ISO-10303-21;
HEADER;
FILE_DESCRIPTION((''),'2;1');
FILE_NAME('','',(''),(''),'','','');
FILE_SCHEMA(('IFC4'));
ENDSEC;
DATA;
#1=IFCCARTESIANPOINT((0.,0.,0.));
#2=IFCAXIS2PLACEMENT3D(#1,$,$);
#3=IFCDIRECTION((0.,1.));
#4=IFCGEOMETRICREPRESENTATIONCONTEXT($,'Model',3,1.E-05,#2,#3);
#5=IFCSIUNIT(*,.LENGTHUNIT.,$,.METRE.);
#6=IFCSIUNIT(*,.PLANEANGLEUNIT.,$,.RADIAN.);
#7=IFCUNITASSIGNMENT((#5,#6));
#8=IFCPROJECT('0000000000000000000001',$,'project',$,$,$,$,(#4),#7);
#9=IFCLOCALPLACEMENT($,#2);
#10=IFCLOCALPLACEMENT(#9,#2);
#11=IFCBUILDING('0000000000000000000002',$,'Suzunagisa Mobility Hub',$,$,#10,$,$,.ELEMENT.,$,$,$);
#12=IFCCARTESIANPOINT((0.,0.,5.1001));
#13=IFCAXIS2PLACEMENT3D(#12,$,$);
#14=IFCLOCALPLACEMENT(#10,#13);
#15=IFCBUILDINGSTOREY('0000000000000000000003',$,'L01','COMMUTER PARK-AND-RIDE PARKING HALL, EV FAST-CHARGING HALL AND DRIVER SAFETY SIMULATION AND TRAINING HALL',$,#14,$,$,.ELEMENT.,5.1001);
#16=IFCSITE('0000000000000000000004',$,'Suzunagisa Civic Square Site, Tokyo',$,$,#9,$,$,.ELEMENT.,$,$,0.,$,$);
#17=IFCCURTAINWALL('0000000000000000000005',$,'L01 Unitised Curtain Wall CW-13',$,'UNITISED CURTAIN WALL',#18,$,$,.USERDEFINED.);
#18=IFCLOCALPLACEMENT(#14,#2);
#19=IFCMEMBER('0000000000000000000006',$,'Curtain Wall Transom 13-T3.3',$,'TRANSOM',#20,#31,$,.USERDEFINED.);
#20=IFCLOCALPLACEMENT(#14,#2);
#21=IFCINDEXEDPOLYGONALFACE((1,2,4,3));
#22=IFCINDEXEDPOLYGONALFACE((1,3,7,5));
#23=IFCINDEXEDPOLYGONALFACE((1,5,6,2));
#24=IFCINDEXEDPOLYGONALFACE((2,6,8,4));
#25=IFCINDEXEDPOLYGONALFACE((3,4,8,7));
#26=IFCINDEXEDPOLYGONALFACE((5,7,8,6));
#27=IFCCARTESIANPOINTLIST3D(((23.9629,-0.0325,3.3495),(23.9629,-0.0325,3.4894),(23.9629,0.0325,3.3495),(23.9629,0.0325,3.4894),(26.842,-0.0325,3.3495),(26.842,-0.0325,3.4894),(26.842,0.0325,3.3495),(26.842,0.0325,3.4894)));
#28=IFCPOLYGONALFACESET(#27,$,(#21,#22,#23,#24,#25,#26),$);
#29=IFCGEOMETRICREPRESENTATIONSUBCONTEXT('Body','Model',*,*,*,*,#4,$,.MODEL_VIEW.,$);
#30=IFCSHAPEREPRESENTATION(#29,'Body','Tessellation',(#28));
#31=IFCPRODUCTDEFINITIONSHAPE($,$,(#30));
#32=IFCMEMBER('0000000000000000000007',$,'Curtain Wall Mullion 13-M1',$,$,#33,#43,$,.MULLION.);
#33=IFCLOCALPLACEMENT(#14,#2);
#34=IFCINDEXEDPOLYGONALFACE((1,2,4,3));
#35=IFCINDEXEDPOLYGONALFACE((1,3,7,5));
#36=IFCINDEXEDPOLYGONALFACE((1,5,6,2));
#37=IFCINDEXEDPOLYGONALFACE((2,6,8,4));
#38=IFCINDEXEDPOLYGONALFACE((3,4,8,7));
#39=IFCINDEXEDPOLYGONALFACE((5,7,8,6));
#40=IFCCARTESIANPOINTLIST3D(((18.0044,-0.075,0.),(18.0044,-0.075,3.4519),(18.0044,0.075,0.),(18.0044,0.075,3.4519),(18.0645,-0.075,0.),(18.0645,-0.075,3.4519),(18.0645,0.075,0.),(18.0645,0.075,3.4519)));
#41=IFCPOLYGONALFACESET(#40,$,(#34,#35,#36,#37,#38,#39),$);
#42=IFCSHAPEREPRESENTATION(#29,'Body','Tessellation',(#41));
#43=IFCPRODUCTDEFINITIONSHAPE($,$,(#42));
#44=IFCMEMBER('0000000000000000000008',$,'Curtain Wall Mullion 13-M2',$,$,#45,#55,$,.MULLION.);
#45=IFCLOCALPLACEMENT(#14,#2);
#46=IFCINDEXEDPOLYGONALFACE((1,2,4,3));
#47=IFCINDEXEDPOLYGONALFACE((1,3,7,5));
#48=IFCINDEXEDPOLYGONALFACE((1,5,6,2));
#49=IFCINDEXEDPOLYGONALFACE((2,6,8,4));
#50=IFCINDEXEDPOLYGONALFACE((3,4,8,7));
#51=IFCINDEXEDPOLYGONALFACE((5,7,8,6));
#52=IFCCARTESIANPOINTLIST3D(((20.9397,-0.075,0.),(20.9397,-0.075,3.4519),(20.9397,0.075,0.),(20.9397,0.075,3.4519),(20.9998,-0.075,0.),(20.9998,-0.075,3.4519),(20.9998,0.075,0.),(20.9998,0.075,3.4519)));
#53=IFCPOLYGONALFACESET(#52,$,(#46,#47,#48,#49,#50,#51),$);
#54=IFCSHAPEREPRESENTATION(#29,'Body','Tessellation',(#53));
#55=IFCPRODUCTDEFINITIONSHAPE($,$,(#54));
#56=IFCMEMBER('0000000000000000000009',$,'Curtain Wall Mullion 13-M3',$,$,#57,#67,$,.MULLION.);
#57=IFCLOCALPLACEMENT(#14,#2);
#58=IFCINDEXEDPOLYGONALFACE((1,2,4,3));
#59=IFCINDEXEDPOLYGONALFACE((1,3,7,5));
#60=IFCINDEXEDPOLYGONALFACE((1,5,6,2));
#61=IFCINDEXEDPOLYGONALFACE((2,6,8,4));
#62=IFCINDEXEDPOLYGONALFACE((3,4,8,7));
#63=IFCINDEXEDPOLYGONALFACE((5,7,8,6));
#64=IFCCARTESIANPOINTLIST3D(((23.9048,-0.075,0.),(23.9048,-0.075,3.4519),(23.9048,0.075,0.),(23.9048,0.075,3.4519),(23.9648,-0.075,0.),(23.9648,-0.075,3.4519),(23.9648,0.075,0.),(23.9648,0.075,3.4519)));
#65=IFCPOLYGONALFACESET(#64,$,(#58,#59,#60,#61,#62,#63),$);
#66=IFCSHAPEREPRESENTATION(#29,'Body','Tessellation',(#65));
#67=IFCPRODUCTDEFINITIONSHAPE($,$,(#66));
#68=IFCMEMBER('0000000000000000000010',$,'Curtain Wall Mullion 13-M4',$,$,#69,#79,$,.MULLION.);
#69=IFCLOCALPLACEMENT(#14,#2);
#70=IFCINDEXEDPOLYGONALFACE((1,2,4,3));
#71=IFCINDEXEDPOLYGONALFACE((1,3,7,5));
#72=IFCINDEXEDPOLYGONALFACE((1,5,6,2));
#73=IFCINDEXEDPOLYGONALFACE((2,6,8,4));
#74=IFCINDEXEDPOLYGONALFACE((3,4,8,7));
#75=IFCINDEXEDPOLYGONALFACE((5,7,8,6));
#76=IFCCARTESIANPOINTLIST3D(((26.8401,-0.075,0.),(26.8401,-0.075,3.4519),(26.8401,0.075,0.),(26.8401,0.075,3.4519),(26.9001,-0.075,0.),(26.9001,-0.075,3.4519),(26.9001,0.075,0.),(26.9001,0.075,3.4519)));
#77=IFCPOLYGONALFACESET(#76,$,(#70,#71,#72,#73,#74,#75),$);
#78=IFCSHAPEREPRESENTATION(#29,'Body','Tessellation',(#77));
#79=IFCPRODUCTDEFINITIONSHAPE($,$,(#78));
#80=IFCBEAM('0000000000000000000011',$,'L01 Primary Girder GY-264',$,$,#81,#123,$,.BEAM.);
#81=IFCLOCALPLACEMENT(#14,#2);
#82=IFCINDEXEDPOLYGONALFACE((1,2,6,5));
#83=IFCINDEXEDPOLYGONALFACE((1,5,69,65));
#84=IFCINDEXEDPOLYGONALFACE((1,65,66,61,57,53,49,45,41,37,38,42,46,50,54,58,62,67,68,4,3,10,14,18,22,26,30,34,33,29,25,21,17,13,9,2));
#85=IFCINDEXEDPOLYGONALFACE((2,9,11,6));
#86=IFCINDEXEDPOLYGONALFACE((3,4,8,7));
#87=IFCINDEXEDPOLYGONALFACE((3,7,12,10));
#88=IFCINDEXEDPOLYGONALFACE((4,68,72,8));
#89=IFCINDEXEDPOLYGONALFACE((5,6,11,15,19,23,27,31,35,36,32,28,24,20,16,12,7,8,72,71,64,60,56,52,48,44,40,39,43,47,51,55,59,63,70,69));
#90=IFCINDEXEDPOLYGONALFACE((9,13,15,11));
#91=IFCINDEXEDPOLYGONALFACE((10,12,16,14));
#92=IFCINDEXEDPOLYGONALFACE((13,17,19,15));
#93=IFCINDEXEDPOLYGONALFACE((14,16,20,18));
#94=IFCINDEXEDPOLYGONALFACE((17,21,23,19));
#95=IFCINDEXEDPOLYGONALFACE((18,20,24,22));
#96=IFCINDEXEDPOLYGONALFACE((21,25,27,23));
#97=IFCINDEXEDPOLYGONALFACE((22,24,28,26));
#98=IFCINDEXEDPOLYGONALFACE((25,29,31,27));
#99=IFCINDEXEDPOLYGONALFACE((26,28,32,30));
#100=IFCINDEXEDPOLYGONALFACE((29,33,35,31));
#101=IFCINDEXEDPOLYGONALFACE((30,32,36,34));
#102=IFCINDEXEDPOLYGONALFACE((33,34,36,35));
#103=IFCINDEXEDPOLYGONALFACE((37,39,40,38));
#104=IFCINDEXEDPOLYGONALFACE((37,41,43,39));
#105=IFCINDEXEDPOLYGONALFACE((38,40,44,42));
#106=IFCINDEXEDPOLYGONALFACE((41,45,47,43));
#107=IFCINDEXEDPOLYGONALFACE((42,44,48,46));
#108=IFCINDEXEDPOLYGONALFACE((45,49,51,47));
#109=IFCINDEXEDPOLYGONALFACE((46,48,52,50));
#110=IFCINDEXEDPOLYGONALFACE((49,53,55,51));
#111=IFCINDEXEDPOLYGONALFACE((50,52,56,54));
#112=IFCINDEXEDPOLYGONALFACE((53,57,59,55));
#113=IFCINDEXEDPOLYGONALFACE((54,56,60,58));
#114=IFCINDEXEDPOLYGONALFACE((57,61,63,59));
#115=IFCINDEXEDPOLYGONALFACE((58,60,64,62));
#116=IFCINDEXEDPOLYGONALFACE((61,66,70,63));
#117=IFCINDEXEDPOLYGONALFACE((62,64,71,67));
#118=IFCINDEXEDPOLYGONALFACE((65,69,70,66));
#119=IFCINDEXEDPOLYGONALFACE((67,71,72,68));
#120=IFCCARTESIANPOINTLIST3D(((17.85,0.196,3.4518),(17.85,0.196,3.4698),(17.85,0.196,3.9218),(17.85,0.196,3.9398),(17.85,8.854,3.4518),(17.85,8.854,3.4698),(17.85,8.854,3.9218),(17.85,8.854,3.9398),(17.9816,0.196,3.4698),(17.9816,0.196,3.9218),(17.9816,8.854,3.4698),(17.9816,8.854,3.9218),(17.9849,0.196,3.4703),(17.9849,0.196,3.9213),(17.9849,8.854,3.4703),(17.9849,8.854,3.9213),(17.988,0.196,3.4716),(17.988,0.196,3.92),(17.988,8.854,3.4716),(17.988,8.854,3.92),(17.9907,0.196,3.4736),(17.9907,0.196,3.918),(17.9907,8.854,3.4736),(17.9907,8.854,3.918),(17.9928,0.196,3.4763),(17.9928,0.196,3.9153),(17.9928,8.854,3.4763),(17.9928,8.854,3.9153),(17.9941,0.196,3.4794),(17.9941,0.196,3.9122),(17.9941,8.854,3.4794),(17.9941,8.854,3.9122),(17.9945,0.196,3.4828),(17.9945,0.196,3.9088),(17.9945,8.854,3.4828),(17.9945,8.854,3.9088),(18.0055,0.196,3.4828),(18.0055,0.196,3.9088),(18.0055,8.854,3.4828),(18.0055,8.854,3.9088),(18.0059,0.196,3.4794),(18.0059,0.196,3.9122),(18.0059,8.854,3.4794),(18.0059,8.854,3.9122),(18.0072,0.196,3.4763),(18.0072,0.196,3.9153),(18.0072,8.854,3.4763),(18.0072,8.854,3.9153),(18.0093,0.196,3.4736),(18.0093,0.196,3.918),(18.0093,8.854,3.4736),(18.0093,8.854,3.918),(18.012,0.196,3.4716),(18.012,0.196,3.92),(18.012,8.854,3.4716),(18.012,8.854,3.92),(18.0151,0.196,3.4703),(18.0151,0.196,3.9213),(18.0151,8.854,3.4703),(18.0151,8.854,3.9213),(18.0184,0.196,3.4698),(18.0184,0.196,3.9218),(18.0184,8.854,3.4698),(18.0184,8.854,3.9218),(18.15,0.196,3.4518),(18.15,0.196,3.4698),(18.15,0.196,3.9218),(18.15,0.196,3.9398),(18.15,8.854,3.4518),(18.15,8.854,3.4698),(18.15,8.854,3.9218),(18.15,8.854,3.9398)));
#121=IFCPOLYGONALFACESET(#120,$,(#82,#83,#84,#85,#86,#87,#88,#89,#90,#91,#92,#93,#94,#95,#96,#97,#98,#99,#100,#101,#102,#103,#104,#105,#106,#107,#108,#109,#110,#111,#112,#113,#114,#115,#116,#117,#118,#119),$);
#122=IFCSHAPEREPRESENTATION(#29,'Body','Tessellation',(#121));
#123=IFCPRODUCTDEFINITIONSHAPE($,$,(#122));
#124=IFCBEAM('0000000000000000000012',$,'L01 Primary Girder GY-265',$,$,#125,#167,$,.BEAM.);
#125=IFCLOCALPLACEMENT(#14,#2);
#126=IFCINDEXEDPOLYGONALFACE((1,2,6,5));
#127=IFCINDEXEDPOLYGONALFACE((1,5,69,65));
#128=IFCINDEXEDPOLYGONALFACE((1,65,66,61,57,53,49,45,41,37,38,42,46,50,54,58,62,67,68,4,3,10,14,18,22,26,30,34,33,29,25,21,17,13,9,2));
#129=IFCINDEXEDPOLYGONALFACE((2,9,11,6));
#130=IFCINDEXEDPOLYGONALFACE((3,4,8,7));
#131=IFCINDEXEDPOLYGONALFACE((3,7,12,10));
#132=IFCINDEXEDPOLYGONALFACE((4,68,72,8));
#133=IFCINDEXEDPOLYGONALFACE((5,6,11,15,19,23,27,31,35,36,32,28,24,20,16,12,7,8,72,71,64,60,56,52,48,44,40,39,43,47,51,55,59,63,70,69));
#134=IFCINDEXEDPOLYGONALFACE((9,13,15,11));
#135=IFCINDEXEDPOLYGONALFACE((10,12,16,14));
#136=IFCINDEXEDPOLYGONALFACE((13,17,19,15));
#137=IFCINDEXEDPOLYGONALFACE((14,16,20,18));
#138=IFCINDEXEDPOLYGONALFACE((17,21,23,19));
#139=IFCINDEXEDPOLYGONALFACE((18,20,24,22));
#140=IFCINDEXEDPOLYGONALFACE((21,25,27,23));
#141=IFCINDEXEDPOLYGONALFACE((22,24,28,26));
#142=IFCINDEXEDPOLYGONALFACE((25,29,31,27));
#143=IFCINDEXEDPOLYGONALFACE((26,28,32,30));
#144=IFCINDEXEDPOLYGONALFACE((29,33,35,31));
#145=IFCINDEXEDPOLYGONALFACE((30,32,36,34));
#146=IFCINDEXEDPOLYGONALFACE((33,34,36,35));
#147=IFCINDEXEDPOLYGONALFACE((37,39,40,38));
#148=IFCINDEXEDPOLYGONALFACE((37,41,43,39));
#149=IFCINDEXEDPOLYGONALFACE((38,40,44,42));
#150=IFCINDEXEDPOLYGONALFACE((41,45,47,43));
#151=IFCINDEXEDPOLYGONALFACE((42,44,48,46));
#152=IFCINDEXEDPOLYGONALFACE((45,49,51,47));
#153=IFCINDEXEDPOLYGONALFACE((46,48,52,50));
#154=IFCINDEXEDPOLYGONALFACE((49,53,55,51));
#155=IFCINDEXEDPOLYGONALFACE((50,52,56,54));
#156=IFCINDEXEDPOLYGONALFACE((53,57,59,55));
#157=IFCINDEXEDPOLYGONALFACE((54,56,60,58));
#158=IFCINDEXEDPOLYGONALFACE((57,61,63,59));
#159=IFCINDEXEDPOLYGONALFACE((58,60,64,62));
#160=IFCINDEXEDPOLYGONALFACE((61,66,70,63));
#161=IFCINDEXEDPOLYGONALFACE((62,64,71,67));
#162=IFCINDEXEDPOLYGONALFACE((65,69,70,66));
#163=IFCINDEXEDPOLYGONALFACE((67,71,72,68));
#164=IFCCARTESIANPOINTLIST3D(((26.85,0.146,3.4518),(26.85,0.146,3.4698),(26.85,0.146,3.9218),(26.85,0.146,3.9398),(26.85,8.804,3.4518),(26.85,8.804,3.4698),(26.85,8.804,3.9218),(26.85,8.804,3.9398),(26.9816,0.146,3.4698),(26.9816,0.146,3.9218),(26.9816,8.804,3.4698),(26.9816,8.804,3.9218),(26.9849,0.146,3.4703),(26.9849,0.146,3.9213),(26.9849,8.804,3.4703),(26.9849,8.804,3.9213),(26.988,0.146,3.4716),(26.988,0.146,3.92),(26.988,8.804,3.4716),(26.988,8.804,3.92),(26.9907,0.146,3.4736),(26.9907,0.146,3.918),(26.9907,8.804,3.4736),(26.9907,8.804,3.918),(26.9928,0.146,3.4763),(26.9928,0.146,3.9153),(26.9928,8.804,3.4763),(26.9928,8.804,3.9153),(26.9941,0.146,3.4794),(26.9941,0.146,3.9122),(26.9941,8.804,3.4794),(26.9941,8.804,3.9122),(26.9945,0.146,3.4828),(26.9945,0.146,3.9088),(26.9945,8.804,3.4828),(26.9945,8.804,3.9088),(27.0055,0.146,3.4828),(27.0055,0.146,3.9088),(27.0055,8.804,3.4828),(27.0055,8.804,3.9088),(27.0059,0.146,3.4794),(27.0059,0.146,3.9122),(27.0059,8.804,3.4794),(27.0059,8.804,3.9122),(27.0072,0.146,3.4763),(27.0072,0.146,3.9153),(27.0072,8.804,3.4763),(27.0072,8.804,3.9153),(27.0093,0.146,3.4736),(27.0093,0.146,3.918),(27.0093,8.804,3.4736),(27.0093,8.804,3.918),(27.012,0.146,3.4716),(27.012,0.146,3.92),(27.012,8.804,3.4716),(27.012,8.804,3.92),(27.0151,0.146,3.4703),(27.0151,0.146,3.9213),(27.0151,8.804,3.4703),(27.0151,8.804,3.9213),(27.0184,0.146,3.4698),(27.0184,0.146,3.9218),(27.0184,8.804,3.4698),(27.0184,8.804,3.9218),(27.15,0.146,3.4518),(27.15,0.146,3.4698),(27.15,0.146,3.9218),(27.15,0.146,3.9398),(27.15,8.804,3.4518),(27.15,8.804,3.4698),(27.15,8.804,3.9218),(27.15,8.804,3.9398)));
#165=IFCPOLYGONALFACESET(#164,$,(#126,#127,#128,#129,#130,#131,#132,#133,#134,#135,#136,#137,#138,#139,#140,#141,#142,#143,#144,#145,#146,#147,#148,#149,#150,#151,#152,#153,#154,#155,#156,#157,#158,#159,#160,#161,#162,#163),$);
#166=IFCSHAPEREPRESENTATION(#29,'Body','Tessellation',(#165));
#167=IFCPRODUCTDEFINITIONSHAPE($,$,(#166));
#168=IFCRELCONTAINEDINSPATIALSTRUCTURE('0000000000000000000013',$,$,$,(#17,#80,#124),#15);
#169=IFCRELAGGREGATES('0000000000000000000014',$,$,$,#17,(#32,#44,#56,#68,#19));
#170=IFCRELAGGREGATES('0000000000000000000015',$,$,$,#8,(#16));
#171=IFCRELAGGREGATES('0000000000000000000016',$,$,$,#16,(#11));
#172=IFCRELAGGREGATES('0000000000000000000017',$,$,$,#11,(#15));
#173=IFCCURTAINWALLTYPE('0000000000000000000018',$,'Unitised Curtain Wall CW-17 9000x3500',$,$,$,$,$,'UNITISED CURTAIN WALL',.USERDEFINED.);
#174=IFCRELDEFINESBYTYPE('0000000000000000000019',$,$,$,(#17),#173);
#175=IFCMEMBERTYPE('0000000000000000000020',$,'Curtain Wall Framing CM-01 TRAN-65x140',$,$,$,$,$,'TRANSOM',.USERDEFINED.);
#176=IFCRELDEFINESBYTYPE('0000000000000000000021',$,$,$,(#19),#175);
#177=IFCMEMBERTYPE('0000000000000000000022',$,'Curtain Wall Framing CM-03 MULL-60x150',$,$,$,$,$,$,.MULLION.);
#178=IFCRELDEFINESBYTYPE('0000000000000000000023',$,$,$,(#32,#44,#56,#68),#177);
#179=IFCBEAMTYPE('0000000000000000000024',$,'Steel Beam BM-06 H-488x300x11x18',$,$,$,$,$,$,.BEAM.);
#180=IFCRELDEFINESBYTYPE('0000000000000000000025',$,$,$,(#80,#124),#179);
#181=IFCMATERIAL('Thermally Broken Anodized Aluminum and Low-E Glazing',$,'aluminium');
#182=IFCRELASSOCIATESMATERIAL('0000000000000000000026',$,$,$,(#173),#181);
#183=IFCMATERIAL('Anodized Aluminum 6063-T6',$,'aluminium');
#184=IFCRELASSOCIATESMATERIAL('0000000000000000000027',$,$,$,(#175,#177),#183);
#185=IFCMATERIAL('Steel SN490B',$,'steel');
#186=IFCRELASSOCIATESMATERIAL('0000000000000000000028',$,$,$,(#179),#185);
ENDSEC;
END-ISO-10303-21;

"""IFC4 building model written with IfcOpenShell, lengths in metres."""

from ifc_helpers import new_model, si_unit, direction, frame, origin, origin_2d, place, context, subcontext, project, spatial, rectangle, i_section, extrude, material, material_profile, profile_set, type_object, element, aggregate, save


model = new_model("IFC4")

# Units and contexts
model_context = context("Model", 3, precision=1e-05, world=origin(), true_north=direction((0.0, 1.0)))
body_context = subcontext(model_context, "Body", "Model", "MODEL_VIEW")
ifc_project = project(units=[si_unit("LENGTHUNIT", "METRE"), si_unit("PLANEANGLEUNIT", "RADIAN")], contexts=[model_context])

# Site, building, storey
site_placement = place(None, origin())
site = spatial("IfcSite", under=ifc_project, at=site_placement, Name="Suzunagisa Civic Square Site, Tokyo", CompositionType="ELEMENT", RefElevation=0.0)
building_placement = place(site_placement, origin())
building = spatial("IfcBuilding", under=site, at=building_placement, Name="Suzunagisa Mobility Hub", CompositionType="ELEMENT")
storey_placement = place(building_placement, frame((0.0, 0.0, 5.1001)))
storey = spatial("IfcBuildingStorey", under=building, at=storey_placement, Name="L01", Description="COMMUTER PARK-AND-RIDE PARKING HALL, EV FAST-CHARGING HALL AND DRIVER SAFETY SIMULATION AND TRAINING HALL", CompositionType="ELEMENT", Elevation=5.1001)

# Shared definitions
ifc_material_1 = material(Name="Steel SN490B", Category="steel")

# Curtain wall, members
ifc_material_2 = material(Name="Thermally Broken Anodized Aluminum and Low-E Glazing", Category="aluminium")
curtain_wall_type = type_object("IfcCurtainWallType", Name="Unitised Curtain Wall CW-17 9000x3500", ElementType="UNITISED CURTAIN WALL", PredefinedType="USERDEFINED", material=ifc_material_2)
curtain_wall_placement = place(storey_placement, origin())
curtain_wall = element("IfcCurtainWall", 1, at=curtain_wall_placement, inside=storey, type_object=curtain_wall_type, Name="L01 Unitised Curtain Wall CW-13", ObjectType="UNITISED CURTAIN WALL", PredefinedType="USERDEFINED")
ifc_material_3 = material(Name="Anodized Aluminum 6063-T6", Category="aluminium")
ifc_material_profile_1 = material_profile(ifc_material_3, rectangle(XDim=0.0649, YDim=0.1399, at=origin_2d()), Name="TRAN-65x140")
ifc_profile_set_1 = profile_set([ifc_material_profile_1], Name="Anodized Aluminum 6063-T6")
member_type_1 = type_object("IfcMemberType", Name="Curtain Wall Framing CM-01 TRAN-65x140", ElementType="TRANSOM", PredefinedType="USERDEFINED", material=ifc_profile_set_1)
member_1_placement = place(storey_placement, frame((23.9629, 0.0, 3.4194), z_axis=(1.0, 0.0, 0.0), x_axis=(0.0, 1.0, 0.0)))
member_1 = element("IfcMember", 2, at=member_1_placement, type_object=member_type_1, Name="Curtain Wall Transom 13-T3.3", ObjectType="TRANSOM", PredefinedType="USERDEFINED", context=body_context, shape_type="SweptSolid", body=[
    extrude(rectangle(XDim=0.0649, YDim=0.1399, at=origin_2d()), origin(), (0.0, 0.0, 1.0), 2.8792),
])
ifc_material_profile_2 = material_profile(ifc_material_3, rectangle(XDim=0.0601, YDim=0.1499, at=origin_2d()), Name="MULL-60x150")
ifc_profile_set_2 = profile_set([ifc_material_profile_2], Name="Anodized Aluminum 6063-T6")
member_type_2 = type_object("IfcMemberType", Name="Curtain Wall Framing CM-03 MULL-60x150", PredefinedType="MULLION", material=ifc_profile_set_2)
member_2_placement = place(storey_placement, frame((18.0344, 0.0, 0.0), z_axis=(0.0, 0.0, 1.0), x_axis=(1.0, 0.0, 0.0)))
member_2 = element("IfcMember", 3, at=member_2_placement, type_object=member_type_2, Name="Curtain Wall Mullion 13-M1", PredefinedType="MULLION", context=body_context, shape_type="SweptSolid", body=[
    extrude(rectangle(XDim=0.0601, YDim=0.1499, at=origin_2d()), origin(), (0.0, 0.0, 1.0), 3.4519),
])
member_3_placement = place(storey_placement, frame((20.9697, 0.0, 0.0), z_axis=(0.0, 0.0, 1.0), x_axis=(1.0, 0.0, 0.0)))
member_3 = element("IfcMember", 4, at=member_3_placement, type_object=member_type_2, Name="Curtain Wall Mullion 13-M2", PredefinedType="MULLION", context=body_context, shape_type="SweptSolid", body=[
    extrude(rectangle(XDim=0.0601, YDim=0.1499, at=origin_2d()), origin(), (0.0, 0.0, 1.0), 3.4519),
])
member_4_placement = place(storey_placement, frame((23.9348, 0.0, 0.0), z_axis=(0.0, 0.0, 1.0), x_axis=(1.0, 0.0, 0.0)))
member_4 = element("IfcMember", 5, at=member_4_placement, type_object=member_type_2, Name="Curtain Wall Mullion 13-M3", PredefinedType="MULLION", context=body_context, shape_type="SweptSolid", body=[
    extrude(rectangle(XDim=0.0601, YDim=0.1499, at=origin_2d()), origin(), (0.0, 0.0, 1.0), 3.4519),
])
member_5_placement = place(storey_placement, frame((26.8701, 0.0, 0.0), z_axis=(0.0, 0.0, 1.0), x_axis=(1.0, 0.0, 0.0)))
member_5 = element("IfcMember", 6, at=member_5_placement, type_object=member_type_2, Name="Curtain Wall Mullion 13-M4", PredefinedType="MULLION", context=body_context, shape_type="SweptSolid", body=[
    extrude(rectangle(XDim=0.0601, YDim=0.1499, at=origin_2d()), origin(), (0.0, 0.0, 1.0), 3.4519),
])

# Beams
ifc_material_profile_3 = material_profile(ifc_material_1, i_section(OverallWidth=0.3, OverallDepth=0.488, WebThickness=0.011, FlangeThickness=0.0181, FilletRadius=0.0129, at=origin_2d()), Name="H-488x300x11x18")
ifc_profile_set_3 = profile_set([ifc_material_profile_3], Name="Steel SN490B")
beam_type_1 = type_object("IfcBeamType", Name="Steel Beam BM-06 H-488x300x11x18", PredefinedType="BEAM", material=ifc_profile_set_3)
for number, where, z_axis, x_axis, name in (
    (7, (18.0, 0.196, 3.6958), (0.0, 1.0, 0.0), (-1.0, 0.0, 0.0), "L01 Primary Girder GY-264"),
    (8, (27.0, 0.146, 3.6958), (0.0, 1.0, 0.0), (-1.0, 0.0, 0.0), "L01 Primary Girder GY-265"),
):
    element("IfcBeam", number, at=place(storey_placement, frame(where, z_axis=z_axis, x_axis=x_axis)), inside=storey, type_object=beam_type_1, Name=name, PredefinedType="BEAM", context=body_context, shape_type="SweptSolid", body=[
        extrude(i_section(OverallWidth=0.3, OverallDepth=0.488, WebThickness=0.011, FlangeThickness=0.0181, FilletRadius=0.0129, at=origin_2d()), origin(), (0.0, 0.0, 1.0), 8.658),
    ])

aggregate(curtain_wall, [member_2, member_3, member_4, member_5, member_1])

save(model, "model.ifc")
